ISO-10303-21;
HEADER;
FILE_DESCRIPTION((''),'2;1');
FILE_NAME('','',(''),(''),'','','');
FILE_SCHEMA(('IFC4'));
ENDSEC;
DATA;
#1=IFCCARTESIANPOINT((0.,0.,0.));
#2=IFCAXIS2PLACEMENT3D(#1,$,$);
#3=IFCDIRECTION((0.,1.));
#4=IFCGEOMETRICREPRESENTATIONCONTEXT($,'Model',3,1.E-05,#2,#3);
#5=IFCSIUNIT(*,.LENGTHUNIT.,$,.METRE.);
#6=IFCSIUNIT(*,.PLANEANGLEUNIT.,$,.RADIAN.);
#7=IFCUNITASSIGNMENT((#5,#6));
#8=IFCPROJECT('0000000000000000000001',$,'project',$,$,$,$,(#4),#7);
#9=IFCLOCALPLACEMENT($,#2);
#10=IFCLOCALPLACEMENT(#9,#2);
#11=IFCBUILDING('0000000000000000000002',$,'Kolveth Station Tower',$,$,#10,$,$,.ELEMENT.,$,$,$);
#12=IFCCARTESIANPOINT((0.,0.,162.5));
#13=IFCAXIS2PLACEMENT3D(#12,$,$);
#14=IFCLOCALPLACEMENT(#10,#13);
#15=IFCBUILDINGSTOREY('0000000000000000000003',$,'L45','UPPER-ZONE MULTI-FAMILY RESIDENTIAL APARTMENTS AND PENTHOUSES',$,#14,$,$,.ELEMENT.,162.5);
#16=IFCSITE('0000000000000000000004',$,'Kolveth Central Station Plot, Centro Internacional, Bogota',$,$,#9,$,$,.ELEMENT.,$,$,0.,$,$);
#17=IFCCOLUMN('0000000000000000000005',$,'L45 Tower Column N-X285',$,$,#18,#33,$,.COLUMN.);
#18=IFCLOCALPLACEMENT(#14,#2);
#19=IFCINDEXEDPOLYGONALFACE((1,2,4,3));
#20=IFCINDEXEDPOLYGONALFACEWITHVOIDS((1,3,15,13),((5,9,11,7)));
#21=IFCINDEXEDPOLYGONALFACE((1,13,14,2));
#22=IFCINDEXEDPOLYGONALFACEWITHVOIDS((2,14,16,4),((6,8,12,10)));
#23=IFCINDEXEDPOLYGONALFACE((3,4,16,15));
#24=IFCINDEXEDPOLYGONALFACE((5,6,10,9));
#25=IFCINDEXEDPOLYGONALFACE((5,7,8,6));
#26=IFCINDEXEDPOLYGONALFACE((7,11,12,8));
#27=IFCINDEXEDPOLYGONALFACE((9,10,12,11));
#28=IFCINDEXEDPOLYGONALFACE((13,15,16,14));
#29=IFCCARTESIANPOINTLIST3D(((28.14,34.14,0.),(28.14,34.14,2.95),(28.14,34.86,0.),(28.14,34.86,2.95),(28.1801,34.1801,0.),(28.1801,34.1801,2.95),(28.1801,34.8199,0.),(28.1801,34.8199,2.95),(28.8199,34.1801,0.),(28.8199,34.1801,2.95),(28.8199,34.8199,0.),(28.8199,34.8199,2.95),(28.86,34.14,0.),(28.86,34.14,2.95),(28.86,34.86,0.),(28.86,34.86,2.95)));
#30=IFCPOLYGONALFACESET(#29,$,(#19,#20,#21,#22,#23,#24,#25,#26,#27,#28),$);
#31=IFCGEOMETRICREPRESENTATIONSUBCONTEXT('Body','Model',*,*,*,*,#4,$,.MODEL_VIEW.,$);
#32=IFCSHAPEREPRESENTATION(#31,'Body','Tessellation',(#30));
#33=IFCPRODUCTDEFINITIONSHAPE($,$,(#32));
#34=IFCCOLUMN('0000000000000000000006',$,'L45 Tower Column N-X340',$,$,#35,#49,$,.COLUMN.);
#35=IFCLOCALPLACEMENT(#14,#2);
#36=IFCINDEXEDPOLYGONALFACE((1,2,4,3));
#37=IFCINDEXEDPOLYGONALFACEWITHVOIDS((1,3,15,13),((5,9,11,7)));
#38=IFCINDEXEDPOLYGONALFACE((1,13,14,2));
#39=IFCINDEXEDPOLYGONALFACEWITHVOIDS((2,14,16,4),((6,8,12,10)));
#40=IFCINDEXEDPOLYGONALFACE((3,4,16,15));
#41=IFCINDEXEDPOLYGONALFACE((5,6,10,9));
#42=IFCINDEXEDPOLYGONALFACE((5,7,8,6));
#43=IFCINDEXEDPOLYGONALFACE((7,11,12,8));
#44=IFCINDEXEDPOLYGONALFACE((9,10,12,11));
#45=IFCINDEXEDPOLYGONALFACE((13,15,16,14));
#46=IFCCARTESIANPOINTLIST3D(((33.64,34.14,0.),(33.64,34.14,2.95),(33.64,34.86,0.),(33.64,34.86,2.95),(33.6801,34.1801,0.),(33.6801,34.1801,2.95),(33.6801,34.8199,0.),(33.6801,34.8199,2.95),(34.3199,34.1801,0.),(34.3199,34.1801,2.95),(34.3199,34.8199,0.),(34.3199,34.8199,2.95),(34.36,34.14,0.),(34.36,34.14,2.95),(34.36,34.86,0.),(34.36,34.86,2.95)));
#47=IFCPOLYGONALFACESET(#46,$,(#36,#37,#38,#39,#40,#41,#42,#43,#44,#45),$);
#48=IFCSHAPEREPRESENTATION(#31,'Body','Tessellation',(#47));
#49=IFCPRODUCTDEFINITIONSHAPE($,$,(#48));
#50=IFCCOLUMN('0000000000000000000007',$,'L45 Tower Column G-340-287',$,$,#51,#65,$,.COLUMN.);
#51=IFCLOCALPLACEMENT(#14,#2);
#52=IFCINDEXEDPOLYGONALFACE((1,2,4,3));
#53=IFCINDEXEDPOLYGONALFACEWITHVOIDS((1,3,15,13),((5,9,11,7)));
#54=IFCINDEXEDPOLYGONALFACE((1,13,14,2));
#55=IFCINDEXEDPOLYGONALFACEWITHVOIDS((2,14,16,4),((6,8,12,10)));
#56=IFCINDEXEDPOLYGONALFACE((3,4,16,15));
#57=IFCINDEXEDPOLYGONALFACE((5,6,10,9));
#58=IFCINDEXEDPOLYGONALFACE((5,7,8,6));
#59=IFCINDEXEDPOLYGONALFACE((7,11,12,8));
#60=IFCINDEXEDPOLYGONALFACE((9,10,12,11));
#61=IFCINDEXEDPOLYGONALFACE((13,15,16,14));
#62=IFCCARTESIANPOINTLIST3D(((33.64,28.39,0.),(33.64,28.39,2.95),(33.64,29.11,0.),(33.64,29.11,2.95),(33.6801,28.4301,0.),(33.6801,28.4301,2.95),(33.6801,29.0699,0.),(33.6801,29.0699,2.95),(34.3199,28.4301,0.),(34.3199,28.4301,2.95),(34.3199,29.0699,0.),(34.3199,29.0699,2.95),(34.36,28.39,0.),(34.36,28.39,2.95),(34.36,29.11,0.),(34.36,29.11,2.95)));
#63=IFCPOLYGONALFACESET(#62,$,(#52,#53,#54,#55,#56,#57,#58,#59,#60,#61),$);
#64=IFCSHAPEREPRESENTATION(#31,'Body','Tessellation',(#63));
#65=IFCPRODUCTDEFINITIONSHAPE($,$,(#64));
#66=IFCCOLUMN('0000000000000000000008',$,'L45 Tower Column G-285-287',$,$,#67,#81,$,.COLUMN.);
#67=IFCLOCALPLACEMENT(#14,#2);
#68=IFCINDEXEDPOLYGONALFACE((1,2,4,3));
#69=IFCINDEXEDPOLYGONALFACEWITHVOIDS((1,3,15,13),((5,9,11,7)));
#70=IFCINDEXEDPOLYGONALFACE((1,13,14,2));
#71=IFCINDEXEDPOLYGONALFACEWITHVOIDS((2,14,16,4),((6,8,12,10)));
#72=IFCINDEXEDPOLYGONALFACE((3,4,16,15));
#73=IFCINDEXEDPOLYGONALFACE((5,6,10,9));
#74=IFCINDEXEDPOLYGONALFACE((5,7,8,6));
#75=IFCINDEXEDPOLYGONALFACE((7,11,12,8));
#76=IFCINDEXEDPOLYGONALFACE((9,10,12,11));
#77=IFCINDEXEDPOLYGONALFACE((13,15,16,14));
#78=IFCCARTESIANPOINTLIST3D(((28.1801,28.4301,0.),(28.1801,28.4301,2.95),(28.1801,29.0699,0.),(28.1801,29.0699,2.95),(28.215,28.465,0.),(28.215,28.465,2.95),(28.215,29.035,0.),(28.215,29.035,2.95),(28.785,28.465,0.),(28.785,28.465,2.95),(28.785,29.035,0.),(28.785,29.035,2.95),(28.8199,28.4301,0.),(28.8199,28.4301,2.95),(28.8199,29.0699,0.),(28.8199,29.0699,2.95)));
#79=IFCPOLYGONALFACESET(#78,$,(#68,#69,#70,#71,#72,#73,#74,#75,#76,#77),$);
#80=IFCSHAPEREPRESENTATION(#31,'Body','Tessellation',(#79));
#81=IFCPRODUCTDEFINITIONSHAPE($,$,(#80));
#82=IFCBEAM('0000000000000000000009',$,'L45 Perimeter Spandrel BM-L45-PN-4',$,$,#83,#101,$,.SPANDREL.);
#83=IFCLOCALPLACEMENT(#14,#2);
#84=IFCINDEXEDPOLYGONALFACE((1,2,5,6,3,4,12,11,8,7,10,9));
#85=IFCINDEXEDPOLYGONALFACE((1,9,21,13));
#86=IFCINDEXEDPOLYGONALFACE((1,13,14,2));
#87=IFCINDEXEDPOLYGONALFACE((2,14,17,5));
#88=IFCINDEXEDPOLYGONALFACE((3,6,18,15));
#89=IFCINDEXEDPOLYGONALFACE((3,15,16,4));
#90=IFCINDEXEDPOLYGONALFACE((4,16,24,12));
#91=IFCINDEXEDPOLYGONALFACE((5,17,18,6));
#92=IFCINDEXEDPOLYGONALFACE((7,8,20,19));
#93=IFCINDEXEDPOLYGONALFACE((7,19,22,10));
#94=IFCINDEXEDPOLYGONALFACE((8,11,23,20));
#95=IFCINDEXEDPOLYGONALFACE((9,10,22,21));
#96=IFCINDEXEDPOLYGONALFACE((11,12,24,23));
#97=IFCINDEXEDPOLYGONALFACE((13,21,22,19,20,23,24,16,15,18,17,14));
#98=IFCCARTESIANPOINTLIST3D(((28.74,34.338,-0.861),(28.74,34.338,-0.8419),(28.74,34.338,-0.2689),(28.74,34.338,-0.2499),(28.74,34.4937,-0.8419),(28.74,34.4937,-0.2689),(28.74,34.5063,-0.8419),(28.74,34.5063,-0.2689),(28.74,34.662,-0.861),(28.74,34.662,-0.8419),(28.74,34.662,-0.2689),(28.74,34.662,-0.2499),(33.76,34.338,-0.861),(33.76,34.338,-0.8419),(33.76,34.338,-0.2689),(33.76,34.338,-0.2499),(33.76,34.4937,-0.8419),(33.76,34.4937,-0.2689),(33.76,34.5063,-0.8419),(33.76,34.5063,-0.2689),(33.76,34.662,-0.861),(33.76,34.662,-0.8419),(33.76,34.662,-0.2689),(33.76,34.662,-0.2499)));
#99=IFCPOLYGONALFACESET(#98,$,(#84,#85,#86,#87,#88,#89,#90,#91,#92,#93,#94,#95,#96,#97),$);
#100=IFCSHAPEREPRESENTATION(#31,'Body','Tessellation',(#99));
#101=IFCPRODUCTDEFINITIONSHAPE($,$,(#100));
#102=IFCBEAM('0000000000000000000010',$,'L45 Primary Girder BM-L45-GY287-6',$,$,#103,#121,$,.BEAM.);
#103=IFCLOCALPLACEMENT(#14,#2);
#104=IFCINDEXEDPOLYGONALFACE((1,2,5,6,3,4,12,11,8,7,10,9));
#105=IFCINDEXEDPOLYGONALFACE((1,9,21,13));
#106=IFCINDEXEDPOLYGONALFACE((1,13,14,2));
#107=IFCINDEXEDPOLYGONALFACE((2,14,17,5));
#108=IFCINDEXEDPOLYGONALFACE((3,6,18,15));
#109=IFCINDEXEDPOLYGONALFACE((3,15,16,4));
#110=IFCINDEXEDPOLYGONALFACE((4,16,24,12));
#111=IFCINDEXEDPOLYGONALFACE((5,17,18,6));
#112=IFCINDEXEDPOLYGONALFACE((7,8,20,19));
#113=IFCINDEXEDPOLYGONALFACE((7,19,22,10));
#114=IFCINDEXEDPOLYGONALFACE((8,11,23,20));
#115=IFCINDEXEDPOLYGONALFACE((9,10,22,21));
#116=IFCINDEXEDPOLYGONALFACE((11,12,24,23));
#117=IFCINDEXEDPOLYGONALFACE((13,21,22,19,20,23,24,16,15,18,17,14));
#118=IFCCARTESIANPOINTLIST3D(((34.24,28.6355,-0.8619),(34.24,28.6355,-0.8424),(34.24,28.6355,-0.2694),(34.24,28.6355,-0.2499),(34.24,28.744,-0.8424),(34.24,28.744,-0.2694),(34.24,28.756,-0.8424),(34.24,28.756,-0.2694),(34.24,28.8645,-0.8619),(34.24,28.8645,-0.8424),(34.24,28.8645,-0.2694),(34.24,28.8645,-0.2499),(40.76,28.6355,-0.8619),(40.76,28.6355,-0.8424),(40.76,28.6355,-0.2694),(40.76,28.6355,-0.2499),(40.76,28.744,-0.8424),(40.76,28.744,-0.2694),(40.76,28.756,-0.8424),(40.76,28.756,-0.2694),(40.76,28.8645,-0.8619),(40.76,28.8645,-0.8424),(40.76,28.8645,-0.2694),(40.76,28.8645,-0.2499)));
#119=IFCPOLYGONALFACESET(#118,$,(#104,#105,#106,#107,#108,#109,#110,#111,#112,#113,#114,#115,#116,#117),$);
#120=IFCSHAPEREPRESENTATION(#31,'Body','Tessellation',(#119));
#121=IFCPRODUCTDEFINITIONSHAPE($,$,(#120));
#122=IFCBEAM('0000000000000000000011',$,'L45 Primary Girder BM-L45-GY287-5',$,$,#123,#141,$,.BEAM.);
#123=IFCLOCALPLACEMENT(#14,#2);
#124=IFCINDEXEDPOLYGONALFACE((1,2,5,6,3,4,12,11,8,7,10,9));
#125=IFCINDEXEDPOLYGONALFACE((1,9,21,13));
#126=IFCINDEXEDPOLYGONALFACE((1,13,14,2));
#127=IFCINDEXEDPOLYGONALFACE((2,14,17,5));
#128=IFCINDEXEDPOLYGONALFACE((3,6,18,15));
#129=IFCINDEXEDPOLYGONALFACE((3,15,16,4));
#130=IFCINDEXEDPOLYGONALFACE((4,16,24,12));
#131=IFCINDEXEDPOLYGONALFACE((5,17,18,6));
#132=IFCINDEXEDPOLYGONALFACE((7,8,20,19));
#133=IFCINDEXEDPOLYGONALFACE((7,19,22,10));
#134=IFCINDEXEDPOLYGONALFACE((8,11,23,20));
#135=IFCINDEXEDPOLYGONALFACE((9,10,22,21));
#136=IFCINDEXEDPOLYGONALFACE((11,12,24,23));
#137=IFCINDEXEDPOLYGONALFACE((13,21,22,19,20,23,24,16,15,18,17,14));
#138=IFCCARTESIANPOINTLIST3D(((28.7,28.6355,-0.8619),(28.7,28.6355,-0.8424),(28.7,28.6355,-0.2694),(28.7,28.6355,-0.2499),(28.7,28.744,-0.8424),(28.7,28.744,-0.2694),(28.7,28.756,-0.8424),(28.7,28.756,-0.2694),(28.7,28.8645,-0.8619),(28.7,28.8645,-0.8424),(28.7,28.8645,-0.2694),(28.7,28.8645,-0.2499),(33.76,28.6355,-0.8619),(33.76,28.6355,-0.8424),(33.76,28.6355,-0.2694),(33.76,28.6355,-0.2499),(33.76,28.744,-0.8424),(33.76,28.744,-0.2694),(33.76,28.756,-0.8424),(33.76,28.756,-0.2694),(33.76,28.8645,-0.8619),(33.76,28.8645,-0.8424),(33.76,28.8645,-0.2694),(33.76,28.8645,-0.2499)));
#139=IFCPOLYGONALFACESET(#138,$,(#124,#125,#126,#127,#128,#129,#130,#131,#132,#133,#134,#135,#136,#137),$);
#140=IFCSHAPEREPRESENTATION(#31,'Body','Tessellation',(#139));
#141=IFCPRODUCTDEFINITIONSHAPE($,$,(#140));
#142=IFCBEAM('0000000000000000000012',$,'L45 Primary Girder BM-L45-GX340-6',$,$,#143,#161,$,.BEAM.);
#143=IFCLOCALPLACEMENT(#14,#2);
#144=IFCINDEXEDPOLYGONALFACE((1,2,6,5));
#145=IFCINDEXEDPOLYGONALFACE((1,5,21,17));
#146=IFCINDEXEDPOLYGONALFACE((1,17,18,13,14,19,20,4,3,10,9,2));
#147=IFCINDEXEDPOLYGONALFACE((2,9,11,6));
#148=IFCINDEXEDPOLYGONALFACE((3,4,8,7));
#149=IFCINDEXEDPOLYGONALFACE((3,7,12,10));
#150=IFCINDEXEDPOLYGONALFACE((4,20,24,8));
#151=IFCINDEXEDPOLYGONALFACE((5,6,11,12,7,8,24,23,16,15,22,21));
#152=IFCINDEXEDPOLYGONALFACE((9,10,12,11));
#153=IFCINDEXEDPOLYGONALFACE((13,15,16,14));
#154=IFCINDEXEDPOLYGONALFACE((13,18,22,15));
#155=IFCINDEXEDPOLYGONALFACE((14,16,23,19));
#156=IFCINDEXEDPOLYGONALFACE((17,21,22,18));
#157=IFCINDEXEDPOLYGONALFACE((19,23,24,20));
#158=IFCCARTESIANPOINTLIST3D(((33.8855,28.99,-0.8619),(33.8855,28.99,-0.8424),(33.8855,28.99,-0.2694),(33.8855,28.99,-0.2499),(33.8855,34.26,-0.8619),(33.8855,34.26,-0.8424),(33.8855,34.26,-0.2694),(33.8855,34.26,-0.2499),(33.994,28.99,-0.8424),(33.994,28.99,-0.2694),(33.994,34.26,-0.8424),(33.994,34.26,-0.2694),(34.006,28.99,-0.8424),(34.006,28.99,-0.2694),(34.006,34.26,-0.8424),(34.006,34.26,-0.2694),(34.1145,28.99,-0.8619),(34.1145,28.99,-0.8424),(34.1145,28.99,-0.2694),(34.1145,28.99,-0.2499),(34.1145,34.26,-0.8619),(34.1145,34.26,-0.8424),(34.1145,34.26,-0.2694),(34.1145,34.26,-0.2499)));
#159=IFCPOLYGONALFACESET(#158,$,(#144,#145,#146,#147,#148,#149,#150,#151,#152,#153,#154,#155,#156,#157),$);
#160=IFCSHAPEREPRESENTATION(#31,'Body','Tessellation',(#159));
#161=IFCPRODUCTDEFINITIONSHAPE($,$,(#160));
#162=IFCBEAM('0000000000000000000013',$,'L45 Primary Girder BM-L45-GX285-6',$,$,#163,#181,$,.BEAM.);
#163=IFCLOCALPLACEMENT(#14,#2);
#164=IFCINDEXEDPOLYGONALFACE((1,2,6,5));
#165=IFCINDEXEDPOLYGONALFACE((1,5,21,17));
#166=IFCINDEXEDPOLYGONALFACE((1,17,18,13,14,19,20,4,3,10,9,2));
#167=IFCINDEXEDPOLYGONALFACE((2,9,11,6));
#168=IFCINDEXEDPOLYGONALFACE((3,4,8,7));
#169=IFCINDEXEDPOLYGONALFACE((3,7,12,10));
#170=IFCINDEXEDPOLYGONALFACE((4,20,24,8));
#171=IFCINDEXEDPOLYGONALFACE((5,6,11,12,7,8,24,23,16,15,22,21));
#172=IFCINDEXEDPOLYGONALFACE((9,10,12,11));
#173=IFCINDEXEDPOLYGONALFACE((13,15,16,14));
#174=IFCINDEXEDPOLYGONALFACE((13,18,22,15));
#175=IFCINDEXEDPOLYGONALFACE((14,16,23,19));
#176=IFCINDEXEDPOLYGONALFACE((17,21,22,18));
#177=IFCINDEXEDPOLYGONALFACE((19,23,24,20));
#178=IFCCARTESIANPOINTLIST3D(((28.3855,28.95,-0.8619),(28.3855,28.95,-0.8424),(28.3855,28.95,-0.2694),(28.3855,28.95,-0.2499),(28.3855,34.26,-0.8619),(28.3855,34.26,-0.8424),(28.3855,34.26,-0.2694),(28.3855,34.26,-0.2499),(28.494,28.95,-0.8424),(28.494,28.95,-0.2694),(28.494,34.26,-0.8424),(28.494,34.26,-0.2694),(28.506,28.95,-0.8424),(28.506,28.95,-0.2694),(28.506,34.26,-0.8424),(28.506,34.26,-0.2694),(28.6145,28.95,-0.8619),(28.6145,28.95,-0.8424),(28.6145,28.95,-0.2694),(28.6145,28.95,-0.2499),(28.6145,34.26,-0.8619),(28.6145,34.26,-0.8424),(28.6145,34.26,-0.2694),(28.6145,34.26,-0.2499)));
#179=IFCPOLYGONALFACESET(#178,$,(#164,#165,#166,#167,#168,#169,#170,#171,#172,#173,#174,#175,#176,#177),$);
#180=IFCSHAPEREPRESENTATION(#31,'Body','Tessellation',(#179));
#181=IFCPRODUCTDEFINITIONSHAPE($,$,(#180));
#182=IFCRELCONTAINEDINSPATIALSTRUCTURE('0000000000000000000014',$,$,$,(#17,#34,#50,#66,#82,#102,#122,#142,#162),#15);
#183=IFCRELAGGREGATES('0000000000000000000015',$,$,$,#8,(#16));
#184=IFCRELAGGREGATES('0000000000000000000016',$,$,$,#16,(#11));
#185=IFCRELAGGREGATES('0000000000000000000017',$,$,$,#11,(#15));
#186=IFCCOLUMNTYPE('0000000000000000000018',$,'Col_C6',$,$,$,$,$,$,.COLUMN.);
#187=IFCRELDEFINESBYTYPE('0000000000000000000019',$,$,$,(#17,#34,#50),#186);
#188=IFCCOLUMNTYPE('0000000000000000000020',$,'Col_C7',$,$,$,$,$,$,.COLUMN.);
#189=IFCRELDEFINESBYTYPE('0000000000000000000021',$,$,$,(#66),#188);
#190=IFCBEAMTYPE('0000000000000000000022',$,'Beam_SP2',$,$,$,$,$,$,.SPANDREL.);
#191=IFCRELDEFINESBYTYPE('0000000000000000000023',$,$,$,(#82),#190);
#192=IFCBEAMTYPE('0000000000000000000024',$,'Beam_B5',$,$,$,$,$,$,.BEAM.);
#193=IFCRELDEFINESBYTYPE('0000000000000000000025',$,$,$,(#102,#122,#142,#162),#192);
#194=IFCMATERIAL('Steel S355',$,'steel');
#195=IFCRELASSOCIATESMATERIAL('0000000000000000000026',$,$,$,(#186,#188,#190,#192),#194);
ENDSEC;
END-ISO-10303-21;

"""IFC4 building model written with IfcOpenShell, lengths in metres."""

from ifc_helpers import new_model, si_unit, direction, frame, origin, origin_2d, place, context, subcontext, project, spatial, hollow_rectangle, i_section, extrude, source, transform, mapped, material, material_profile, profile_set, type_object, element, save


model = new_model("IFC4")

# Units and contexts
model_context = context("Model", 3, precision=1e-05, world=origin(), true_north=direction((0.0, 1.0)))
body_context = subcontext(model_context, "Body", "Model", "MODEL_VIEW")
ifc_project = project(units=[si_unit("LENGTHUNIT", "METRE"), si_unit("PLANEANGLEUNIT", "RADIAN")], contexts=[model_context])

# Site, building, storey
site_placement = place(None, origin())
site = spatial("IfcSite", under=ifc_project, at=site_placement, Name="Kolveth Central Station Plot, Centro Internacional, Bogota", CompositionType="ELEMENT", RefElevation=0.0)
building_placement = place(site_placement, origin())
building = spatial("IfcBuilding", under=site, at=building_placement, Name="Kolveth Station Tower", CompositionType="ELEMENT")
storey_placement = place(building_placement, frame((0.0, 0.0, 162.5)))
storey = spatial("IfcBuildingStorey", under=building, at=storey_placement, Name="L45", Description="UPPER-ZONE MULTI-FAMILY RESIDENTIAL APARTMENTS AND PENTHOUSES", CompositionType="ELEMENT", Elevation=162.5)

# Columns
ifc_material_1 = material(Name="Steel S355", Category="steel")
ifc_material_profile_1 = material_profile(ifc_material_1, hollow_rectangle(XDim=0.72, YDim=0.72, WallThickness=0.04, at=origin_2d()), Name="BOX720x720x40")
ifc_profile_set_1 = profile_set([ifc_material_profile_1], Name="Steel S355")
column_type_1 = type_object("IfcColumnType", Name="Col_C6", PredefinedType="COLUMN", material=ifc_profile_set_1)
shared_shape_1 = source(origin(), body_context, "Body", "SweptSolid", [
    extrude(hollow_rectangle(XDim=0.72, YDim=0.72, WallThickness=0.04, at=origin_2d()), origin(), (0.0, 0.0, 1.0), 2.95),
])
for number, where, z_axis, x_axis, name in (
    (1, (28.5, 34.5, 0.0), (0.0, 0.0, 1.0), (1.0, 0.0, 0.0), "L45 Tower Column N-X285"),
    (2, (34.0, 34.5, 0.0), (0.0, 0.0, 1.0), (1.0, 0.0, 0.0), "L45 Tower Column N-X340"),
    (3, (34.0, 28.75, 0.0), (0.0, 0.0, 1.0), (1.0, 0.0, 0.0), "L45 Tower Column G-340-287"),
):
    element("IfcColumn", number, at=place(storey_placement, frame(where, z_axis=z_axis, x_axis=x_axis)), inside=storey, type_object=column_type_1, Name=name, PredefinedType="COLUMN", context=body_context, shape_type="MappedRepresentation", body=[
        mapped(shared_shape_1, transform((0.0, 0.0, 0.0), x_axis=(1.0, 0.0, 0.0), y_axis=(0.0, 1.0, 0.0), z_axis=(0.0, 0.0, 1.0), scale=1.0)),
    ])
ifc_material_profile_2 = material_profile(ifc_material_1, hollow_rectangle(XDim=0.6399, YDim=0.6399, WallThickness=0.0349, at=origin_2d()), Name="BOX640x640x35")
ifc_profile_set_2 = profile_set([ifc_material_profile_2], Name="Steel S355")
column_type_2 = type_object("IfcColumnType", Name="Col_C7", PredefinedType="COLUMN", material=ifc_profile_set_2)
shared_shape_2 = source(origin(), body_context, "Body", "SweptSolid", [
    extrude(hollow_rectangle(XDim=0.6399, YDim=0.6399, WallThickness=0.0349, at=origin_2d()), origin(), (0.0, 0.0, 1.0), 2.95),
])
column_placement = place(storey_placement, frame((28.5, 28.75, 0.0), z_axis=(0.0, 0.0, 1.0), x_axis=(1.0, 0.0, 0.0)))
element("IfcColumn", 4, at=column_placement, inside=storey, type_object=column_type_2, Name="L45 Tower Column G-285-287", PredefinedType="COLUMN", context=body_context, shape_type="MappedRepresentation", body=[
    mapped(shared_shape_2, transform((0.0, 0.0, 0.0), x_axis=(1.0, 0.0, 0.0), y_axis=(0.0, 1.0, 0.0), z_axis=(0.0, 0.0, 1.0), scale=1.0)),
])

# Beams
ifc_material_profile_3 = material_profile(ifc_material_1, i_section(OverallWidth=0.324, OverallDepth=0.6111, WebThickness=0.0127, FlangeThickness=0.019, at=origin_2d()), Name="W610x155")
ifc_profile_set_3 = profile_set([ifc_material_profile_3], Name="Steel S355")
beam_type_1 = type_object("IfcBeamType", Name="Beam_SP2", PredefinedType="SPANDREL", material=ifc_profile_set_3)
shared_shape_3 = source(origin(), body_context, "Body", "SweptSolid", [
    extrude(i_section(OverallWidth=0.324, OverallDepth=0.6111, WebThickness=0.0127, FlangeThickness=0.019, at=origin_2d()), origin(), (0.0, 0.0, 1.0), 5.02),
])
beam_1_placement = place(storey_placement, frame((28.74, 34.5, -0.5554), z_axis=(1.0, 0.0, 0.0), x_axis=(0.0, 1.0, 0.0)))
element("IfcBeam", 5, at=beam_1_placement, inside=storey, type_object=beam_type_1, Name="L45 Perimeter Spandrel BM-L45-PN-4", PredefinedType="SPANDREL", context=body_context, shape_type="MappedRepresentation", body=[
    mapped(shared_shape_3, transform((0.0, 0.0, 0.0), x_axis=(1.0, 0.0, 0.0), y_axis=(0.0, 1.0, 0.0), z_axis=(0.0, 0.0, 1.0), scale=1.0)),
])
ifc_material_profile_4 = material_profile(ifc_material_1, i_section(OverallWidth=0.229, OverallDepth=0.6121, WebThickness=0.012, FlangeThickness=0.0195, at=origin_2d()), Name="W610x125")
ifc_profile_set_4 = profile_set([ifc_material_profile_4], Name="Steel S355")
beam_type_2 = type_object("IfcBeamType", Name="Beam_B5", PredefinedType="BEAM", material=ifc_profile_set_4)
shared_shape_4 = source(origin(), body_context, "Body", "SweptSolid", [
    extrude(i_section(OverallWidth=0.229, OverallDepth=0.6121, WebThickness=0.012, FlangeThickness=0.0195, at=origin_2d()), origin(), (0.0, 0.0, 1.0), 6.52),
])
beam_2_placement = place(storey_placement, frame((34.24, 28.75, -0.5559), z_axis=(1.0, 0.0, 0.0), x_axis=(0.0, 1.0, 0.0)))
element("IfcBeam", 6, at=beam_2_placement, inside=storey, type_object=beam_type_2, Name="L45 Primary Girder BM-L45-GY287-6", PredefinedType="BEAM", context=body_context, shape_type="MappedRepresentation", body=[
    mapped(shared_shape_4, transform((0.0, 0.0, 0.0), x_axis=(1.0, 0.0, 0.0), y_axis=(0.0, 1.0, 0.0), z_axis=(0.0, 0.0, 1.0), scale=1.0)),
])
shared_shape_5 = source(origin(), body_context, "Body", "SweptSolid", [
    extrude(i_section(OverallWidth=0.229, OverallDepth=0.6121, WebThickness=0.012, FlangeThickness=0.0195, at=origin_2d()), origin(), (0.0, 0.0, 1.0), 5.0601),
])
beam_3_placement = place(storey_placement, frame((28.7, 28.75, -0.5559), z_axis=(1.0, 0.0, 0.0), x_axis=(0.0, 1.0, 0.0)))
element("IfcBeam", 7, at=beam_3_placement, inside=storey, type_object=beam_type_2, Name="L45 Primary Girder BM-L45-GY287-5", PredefinedType="BEAM", context=body_context, shape_type="MappedRepresentation", body=[
    mapped(shared_shape_5, transform((0.0, 0.0, 0.0), x_axis=(1.0, 0.0, 0.0), y_axis=(0.0, 1.0, 0.0), z_axis=(0.0, 0.0, 1.0), scale=1.0)),
])
shared_shape_6 = source(origin(), body_context, "Body", "SweptSolid", [
    extrude(i_section(OverallWidth=0.229, OverallDepth=0.6121, WebThickness=0.012, FlangeThickness=0.0195, at=origin_2d()), origin(), (0.0, 0.0, 1.0), 5.27),
])
beam_4_placement = place(storey_placement, frame((34.0, 28.99, -0.5559), z_axis=(0.0, 1.0, 0.0), x_axis=(-1.0, 0.0, 0.0)))
element("IfcBeam", 8, at=beam_4_placement, inside=storey, type_object=beam_type_2, Name="L45 Primary Girder BM-L45-GX340-6", PredefinedType="BEAM", context=body_context, shape_type="MappedRepresentation", body=[
    mapped(shared_shape_6, transform((0.0, 0.0, 0.0), x_axis=(1.0, 0.0, 0.0), y_axis=(0.0, 1.0, 0.0), z_axis=(0.0, 0.0, 1.0), scale=1.0)),
])
shared_shape_7 = source(origin(), body_context, "Body", "SweptSolid", [
    extrude(i_section(OverallWidth=0.229, OverallDepth=0.6121, WebThickness=0.012, FlangeThickness=0.0195, at=origin_2d()), origin(), (0.0, 0.0, 1.0), 5.3101),
])
beam_5_placement = place(storey_placement, frame((28.5, 28.95, -0.5559), z_axis=(0.0, 1.0, 0.0), x_axis=(-1.0, 0.0, 0.0)))
element("IfcBeam", 9, at=beam_5_placement, inside=storey, type_object=beam_type_2, Name="L45 Primary Girder BM-L45-GX285-6", PredefinedType="BEAM", context=body_context, shape_type="MappedRepresentation", body=[
    mapped(shared_shape_7, transform((0.0, 0.0, 0.0), x_axis=(1.0, 0.0, 0.0), y_axis=(0.0, 1.0, 0.0), z_axis=(0.0, 0.0, 1.0), scale=1.0)),
])

save(model, "model.ifc")
